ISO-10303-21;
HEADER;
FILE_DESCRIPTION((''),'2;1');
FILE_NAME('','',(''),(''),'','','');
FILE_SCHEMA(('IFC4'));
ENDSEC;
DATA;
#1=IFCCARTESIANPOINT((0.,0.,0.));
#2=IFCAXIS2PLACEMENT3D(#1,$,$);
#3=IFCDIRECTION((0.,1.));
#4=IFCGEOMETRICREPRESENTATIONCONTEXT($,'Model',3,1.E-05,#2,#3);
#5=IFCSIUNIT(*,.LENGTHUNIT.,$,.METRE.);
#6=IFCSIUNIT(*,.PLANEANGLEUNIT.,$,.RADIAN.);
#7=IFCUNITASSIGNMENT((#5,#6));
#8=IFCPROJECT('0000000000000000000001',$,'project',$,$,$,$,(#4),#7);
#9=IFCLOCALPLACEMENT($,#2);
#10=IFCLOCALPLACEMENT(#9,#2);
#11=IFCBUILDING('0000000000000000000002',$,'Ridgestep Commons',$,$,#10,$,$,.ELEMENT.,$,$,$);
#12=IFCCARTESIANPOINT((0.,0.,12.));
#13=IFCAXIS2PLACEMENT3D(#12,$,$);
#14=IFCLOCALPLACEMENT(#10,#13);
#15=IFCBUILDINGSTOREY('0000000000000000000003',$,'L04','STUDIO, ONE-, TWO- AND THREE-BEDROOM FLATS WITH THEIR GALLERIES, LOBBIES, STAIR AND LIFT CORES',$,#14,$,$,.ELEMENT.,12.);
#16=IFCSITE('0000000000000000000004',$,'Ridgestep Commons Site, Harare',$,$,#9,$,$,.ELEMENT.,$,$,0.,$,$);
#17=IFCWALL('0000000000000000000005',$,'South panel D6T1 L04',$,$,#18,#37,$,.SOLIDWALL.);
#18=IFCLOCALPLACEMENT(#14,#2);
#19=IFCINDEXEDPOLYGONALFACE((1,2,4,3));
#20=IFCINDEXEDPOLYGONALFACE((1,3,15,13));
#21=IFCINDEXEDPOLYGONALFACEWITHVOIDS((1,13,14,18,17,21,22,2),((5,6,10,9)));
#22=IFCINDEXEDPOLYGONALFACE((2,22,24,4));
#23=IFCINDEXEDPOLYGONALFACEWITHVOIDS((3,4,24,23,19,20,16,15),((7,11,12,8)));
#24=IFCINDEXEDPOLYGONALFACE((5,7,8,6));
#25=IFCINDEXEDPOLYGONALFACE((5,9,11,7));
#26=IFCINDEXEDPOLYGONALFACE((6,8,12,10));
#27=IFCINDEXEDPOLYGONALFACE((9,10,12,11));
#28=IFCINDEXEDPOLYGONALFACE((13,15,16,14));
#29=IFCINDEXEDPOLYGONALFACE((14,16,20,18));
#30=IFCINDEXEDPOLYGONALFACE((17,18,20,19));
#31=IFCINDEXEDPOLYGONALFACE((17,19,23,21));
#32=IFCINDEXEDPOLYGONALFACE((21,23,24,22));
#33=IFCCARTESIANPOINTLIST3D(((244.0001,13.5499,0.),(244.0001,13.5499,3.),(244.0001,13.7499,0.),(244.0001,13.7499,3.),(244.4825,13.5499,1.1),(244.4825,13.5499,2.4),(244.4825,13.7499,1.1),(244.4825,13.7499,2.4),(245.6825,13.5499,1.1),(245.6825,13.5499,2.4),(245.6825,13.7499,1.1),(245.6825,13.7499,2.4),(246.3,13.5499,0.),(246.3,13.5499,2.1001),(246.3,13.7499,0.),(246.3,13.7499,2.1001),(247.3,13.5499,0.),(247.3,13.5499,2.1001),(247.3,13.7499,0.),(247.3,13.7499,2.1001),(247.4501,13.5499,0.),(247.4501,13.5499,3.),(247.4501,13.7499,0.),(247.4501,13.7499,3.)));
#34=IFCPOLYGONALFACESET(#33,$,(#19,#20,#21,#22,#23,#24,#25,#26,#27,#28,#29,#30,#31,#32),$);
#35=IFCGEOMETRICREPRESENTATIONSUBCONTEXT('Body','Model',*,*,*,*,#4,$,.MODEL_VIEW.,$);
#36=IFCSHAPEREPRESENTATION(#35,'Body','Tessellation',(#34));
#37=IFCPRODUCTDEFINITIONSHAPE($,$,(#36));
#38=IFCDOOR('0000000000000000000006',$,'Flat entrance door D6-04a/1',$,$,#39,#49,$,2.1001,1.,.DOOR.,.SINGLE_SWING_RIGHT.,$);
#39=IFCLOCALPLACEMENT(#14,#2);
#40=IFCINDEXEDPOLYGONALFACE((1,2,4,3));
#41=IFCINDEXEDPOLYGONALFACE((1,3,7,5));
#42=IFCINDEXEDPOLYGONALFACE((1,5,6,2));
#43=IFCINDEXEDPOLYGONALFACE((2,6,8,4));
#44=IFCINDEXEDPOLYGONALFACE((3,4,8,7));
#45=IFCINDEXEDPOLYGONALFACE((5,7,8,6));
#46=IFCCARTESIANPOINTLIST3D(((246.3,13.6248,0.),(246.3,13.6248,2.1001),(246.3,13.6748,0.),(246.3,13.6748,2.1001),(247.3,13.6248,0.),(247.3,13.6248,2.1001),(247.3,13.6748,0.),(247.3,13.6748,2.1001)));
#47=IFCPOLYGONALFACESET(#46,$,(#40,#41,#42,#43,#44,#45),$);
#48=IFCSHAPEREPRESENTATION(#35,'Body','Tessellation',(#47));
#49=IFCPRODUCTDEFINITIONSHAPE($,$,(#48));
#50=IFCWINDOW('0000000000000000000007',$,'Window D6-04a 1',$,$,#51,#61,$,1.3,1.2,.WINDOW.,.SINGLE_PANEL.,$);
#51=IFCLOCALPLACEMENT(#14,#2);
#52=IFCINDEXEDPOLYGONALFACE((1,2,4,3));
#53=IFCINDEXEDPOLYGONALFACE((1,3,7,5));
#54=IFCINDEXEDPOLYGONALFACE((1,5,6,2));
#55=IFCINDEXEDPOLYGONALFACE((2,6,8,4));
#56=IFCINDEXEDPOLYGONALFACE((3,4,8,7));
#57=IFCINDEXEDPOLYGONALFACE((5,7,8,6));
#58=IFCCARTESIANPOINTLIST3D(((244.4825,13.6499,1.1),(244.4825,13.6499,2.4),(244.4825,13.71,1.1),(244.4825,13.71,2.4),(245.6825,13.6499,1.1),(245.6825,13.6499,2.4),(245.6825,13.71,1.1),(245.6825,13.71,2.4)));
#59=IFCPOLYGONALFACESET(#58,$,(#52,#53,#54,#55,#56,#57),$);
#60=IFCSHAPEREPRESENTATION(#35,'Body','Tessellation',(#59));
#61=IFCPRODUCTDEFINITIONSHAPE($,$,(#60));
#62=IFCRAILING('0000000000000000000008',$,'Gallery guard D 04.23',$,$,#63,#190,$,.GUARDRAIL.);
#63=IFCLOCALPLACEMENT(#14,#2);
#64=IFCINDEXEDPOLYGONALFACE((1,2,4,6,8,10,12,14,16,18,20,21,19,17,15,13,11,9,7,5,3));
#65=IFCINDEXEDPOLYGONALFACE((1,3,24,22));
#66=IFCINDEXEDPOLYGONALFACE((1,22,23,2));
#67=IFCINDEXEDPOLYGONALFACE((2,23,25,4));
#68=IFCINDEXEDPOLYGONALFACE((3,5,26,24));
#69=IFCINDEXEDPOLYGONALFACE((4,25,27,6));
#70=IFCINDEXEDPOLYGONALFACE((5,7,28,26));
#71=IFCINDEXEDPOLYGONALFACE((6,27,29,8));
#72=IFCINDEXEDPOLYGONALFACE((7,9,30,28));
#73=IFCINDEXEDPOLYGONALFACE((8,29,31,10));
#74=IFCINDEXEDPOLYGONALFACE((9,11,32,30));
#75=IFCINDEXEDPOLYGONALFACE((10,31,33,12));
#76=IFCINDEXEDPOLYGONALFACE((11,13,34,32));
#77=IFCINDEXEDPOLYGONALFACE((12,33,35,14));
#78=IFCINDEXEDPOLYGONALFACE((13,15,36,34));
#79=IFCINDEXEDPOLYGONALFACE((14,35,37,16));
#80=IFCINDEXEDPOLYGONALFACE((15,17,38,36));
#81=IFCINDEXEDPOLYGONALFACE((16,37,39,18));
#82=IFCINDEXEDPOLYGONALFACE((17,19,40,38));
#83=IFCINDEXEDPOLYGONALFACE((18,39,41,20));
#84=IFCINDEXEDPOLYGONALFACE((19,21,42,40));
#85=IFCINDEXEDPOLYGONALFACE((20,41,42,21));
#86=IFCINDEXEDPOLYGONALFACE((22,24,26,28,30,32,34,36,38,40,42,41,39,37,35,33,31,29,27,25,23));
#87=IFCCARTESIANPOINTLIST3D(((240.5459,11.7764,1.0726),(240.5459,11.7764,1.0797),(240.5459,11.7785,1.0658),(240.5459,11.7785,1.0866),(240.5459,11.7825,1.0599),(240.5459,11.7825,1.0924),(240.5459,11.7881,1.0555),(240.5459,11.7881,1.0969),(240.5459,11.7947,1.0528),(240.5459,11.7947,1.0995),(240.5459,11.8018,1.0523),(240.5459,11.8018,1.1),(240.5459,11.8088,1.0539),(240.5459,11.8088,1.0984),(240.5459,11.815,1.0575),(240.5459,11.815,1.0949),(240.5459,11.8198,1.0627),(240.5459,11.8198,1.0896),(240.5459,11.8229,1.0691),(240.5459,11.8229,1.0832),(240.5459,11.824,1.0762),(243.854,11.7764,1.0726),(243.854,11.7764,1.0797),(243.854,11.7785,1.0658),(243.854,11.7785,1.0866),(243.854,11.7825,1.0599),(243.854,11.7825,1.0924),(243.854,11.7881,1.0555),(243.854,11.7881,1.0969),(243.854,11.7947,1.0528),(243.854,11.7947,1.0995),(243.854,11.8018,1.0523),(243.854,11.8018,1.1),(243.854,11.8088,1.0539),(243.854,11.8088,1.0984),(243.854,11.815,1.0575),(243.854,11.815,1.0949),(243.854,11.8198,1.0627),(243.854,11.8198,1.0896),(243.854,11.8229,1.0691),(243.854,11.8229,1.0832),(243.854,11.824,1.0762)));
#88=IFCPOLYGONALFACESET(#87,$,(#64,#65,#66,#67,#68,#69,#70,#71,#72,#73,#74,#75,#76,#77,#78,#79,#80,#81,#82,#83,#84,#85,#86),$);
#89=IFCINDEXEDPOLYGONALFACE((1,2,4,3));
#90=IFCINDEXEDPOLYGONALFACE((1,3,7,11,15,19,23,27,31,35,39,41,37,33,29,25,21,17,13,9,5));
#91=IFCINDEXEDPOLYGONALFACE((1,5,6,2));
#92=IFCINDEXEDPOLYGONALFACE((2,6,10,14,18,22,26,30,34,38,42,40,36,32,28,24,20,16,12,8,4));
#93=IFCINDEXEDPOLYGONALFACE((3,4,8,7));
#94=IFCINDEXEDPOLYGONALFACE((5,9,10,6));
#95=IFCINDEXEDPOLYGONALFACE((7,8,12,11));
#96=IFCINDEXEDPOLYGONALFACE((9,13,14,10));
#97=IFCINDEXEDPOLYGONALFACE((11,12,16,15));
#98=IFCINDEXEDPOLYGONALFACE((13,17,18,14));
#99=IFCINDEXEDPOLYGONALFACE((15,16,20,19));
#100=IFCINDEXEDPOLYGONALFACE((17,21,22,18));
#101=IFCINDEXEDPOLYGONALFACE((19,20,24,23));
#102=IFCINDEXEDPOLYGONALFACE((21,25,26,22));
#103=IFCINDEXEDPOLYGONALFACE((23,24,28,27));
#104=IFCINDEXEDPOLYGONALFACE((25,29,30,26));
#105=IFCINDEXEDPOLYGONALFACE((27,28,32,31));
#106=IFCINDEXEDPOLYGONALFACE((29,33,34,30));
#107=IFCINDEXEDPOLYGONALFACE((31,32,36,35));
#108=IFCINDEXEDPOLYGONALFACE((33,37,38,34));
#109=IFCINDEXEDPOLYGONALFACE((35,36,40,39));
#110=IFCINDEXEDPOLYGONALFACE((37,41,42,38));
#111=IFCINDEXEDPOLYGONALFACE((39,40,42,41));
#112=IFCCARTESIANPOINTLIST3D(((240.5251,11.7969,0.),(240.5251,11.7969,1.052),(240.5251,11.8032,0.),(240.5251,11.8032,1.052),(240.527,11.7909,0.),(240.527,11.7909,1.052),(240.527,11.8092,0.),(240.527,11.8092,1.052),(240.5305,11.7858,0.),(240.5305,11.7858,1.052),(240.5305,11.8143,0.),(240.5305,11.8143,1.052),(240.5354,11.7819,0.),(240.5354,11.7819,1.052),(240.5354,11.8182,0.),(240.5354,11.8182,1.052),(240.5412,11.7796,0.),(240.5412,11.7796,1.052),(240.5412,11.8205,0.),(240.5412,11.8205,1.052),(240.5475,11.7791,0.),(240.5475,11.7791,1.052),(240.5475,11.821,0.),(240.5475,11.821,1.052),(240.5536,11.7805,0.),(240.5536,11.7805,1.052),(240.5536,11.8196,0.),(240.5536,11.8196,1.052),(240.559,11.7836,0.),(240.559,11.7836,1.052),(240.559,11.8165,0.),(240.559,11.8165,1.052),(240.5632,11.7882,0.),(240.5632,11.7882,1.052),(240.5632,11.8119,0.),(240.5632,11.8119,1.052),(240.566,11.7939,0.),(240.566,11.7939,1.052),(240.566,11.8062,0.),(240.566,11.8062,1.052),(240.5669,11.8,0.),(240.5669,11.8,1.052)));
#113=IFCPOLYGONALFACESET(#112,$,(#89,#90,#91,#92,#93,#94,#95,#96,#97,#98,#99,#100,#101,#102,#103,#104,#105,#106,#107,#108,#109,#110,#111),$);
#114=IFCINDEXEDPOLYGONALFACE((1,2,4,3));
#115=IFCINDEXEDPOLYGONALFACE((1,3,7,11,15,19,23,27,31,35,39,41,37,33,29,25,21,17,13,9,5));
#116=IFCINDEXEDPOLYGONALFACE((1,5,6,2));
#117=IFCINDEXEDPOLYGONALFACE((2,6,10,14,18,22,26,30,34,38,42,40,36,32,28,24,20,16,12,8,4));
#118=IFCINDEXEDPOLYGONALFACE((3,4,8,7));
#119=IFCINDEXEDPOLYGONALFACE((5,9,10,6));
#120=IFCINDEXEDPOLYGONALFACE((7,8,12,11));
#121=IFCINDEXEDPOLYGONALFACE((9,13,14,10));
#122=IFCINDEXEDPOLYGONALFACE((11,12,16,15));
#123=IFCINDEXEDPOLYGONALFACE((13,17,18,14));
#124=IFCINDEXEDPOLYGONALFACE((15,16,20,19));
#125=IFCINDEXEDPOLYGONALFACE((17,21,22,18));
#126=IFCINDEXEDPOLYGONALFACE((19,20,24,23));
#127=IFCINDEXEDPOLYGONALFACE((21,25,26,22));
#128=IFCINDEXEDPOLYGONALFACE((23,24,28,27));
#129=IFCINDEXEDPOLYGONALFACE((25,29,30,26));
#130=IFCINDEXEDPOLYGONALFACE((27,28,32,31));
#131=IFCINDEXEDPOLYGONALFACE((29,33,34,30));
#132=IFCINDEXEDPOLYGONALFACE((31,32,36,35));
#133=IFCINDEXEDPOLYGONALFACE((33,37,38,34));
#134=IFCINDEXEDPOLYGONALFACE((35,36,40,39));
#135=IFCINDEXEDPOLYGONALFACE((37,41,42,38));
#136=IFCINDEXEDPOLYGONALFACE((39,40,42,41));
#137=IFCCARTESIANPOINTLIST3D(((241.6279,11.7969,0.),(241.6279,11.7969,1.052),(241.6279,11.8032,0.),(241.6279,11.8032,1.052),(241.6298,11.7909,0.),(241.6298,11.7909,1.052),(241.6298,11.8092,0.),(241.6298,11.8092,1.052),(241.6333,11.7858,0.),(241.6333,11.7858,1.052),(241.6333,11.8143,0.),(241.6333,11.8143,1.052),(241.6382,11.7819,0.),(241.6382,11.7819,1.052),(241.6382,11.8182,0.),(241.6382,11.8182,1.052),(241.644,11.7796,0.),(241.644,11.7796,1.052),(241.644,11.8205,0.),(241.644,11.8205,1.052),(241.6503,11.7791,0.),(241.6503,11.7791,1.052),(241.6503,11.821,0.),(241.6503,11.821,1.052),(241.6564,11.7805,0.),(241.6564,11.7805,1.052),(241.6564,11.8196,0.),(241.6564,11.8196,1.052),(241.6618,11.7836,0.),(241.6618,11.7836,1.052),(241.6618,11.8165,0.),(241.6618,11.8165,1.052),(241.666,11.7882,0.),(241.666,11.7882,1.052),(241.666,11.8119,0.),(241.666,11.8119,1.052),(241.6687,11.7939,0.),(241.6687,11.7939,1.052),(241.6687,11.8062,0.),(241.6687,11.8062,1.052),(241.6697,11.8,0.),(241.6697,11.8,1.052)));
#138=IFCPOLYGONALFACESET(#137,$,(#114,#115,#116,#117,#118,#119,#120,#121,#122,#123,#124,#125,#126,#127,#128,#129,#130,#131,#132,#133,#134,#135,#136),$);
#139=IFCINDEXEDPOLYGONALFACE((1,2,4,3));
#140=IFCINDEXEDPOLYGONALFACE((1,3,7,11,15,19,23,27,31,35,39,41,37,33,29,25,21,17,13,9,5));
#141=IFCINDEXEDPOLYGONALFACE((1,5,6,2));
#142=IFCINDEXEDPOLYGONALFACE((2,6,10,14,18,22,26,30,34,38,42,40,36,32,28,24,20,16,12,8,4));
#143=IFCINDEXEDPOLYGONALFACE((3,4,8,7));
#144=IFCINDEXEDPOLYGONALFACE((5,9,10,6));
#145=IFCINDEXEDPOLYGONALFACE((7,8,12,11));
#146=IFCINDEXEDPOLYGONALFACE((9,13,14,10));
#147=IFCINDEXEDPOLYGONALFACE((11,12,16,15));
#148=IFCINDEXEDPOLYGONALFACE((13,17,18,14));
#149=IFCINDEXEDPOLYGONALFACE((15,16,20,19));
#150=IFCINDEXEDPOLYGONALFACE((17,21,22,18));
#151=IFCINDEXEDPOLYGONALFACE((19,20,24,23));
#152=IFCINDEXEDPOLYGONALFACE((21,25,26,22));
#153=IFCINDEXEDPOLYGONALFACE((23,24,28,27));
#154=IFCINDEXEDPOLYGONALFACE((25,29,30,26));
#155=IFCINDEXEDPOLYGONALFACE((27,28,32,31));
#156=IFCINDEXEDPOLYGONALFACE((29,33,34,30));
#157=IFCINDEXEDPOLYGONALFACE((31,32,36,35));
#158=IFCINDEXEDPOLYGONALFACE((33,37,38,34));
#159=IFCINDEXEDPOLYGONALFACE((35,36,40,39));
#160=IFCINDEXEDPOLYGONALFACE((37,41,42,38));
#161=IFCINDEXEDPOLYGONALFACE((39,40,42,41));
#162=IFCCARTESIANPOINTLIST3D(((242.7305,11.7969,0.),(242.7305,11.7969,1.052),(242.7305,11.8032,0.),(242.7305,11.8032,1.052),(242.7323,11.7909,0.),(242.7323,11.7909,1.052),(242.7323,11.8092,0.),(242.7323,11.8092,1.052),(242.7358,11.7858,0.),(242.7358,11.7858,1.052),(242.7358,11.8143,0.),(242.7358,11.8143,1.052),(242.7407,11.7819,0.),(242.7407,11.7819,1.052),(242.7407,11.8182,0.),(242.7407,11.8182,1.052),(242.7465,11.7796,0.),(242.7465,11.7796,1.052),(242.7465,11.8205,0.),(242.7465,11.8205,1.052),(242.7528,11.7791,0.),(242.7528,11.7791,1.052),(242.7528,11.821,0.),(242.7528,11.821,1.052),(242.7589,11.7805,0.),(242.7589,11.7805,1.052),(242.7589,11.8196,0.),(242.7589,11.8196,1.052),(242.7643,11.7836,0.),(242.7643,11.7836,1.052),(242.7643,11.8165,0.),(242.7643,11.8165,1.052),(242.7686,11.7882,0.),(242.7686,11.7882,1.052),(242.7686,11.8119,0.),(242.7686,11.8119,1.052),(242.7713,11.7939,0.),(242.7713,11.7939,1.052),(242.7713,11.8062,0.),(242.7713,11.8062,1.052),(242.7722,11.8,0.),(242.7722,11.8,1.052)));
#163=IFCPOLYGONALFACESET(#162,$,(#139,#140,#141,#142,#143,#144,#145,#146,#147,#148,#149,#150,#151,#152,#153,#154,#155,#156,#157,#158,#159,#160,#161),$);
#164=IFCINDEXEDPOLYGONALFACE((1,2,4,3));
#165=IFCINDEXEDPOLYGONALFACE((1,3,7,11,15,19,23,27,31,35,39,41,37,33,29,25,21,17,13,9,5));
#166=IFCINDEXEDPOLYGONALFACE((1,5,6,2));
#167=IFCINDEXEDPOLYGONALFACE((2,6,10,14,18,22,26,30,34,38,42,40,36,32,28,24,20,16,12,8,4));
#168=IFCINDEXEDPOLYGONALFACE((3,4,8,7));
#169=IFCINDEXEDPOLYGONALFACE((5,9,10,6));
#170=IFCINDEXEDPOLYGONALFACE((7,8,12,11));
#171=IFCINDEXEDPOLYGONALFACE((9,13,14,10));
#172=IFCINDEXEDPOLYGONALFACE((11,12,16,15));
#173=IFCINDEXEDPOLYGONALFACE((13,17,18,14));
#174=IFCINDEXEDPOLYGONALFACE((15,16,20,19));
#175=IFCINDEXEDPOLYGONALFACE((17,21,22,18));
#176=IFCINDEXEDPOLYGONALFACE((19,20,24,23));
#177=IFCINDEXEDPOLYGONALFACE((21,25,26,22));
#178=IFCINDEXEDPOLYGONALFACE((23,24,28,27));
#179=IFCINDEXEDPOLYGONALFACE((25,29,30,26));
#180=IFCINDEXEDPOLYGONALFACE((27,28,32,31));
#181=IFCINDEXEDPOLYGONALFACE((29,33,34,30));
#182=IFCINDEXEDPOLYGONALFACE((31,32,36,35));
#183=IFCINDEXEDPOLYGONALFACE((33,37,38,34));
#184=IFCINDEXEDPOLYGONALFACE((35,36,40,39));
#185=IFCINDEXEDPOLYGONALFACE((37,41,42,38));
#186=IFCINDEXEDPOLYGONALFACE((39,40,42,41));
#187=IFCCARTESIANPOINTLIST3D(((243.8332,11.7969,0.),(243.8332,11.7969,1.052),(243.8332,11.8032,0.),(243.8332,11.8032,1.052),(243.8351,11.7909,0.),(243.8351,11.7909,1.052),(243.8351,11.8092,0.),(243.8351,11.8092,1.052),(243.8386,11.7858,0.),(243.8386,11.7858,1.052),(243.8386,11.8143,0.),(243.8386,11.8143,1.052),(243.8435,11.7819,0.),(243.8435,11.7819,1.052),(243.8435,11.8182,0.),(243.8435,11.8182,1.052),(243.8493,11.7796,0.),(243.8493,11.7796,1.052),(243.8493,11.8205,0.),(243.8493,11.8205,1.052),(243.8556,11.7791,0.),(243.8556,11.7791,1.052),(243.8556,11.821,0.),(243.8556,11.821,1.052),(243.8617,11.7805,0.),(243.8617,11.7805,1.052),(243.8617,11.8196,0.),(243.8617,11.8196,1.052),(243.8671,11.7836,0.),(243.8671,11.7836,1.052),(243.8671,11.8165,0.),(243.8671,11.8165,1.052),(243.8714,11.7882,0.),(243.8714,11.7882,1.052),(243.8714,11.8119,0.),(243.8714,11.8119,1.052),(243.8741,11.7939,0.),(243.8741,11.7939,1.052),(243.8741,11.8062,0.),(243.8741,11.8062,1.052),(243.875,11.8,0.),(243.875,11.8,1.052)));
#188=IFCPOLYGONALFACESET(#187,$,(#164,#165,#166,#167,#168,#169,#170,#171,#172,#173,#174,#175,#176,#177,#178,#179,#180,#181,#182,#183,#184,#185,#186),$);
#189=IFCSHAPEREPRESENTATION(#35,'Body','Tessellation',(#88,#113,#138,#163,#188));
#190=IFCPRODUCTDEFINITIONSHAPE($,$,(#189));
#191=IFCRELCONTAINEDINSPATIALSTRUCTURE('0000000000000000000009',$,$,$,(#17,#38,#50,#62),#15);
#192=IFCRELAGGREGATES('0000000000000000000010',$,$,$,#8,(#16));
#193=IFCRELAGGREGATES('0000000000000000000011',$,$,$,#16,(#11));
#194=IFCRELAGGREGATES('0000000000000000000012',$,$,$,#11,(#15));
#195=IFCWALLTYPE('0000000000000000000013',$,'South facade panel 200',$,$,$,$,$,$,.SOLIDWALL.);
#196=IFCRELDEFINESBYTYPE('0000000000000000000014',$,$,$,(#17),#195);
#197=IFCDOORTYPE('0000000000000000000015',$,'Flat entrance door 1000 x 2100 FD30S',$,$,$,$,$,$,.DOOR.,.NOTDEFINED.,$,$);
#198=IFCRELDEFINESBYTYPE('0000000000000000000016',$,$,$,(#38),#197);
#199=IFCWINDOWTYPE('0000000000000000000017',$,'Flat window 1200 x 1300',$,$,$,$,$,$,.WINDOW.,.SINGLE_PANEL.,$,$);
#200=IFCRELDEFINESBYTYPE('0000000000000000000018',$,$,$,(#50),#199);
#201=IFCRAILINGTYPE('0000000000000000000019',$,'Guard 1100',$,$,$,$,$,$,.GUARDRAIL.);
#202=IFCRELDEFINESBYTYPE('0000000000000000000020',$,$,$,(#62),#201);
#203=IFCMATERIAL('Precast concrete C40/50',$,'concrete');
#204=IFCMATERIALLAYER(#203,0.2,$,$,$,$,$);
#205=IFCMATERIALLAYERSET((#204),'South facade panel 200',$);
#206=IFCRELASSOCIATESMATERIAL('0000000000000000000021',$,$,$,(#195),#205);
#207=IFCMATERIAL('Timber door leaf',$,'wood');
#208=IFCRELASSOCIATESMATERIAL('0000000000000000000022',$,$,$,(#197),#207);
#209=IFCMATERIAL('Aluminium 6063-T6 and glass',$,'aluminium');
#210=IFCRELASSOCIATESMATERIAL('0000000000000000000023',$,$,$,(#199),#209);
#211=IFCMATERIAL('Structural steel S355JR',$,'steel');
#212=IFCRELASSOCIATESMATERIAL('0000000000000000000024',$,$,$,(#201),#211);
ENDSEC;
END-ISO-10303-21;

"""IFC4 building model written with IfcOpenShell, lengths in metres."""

from ifc_helpers import new_model, si_unit, direction, frame, frame_2d, origin, origin_2d, place, context, subcontext, project, spatial, rectangle, circle, extrude, material, layer, layer_set, type_object, element, fill, save


model = new_model("IFC4")

# Units and contexts
model_context = context("Model", 3, precision=1e-05, world=origin(), true_north=direction((0.0, 1.0)))
body_context = subcontext(model_context, "Body", "Model", "MODEL_VIEW")
ifc_project = project(units=[si_unit("LENGTHUNIT", "METRE"), si_unit("PLANEANGLEUNIT", "RADIAN")], contexts=[model_context])

# Site, building, storey
site_placement = place(None, origin())
site = spatial("IfcSite", under=ifc_project, at=site_placement, Name="Ridgestep Commons Site, Harare", CompositionType="ELEMENT", RefElevation=0.0)
building_placement = place(site_placement, origin())
building = spatial("IfcBuilding", under=site, at=building_placement, Name="Ridgestep Commons", CompositionType="ELEMENT")
storey_placement = place(building_placement, frame((0.0, 0.0, 12.0)))
storey = spatial("IfcBuildingStorey", under=building, at=storey_placement, Name="L04", Description="STUDIO, ONE-, TWO- AND THREE-BEDROOM FLATS WITH THEIR GALLERIES, LOBBIES, STAIR AND LIFT CORES", CompositionType="ELEMENT", Elevation=12.0)

# Wall, openings, door, window
ifc_material_1 = material(Name="Precast concrete C40/50", Category="concrete")
ifc_layer_1 = layer(ifc_material_1, 0.2)
ifc_layer_set_1 = layer_set([ifc_layer_1], Name="South facade panel 200")
wall_type_1 = type_object("IfcWallType", Name="South facade panel 200", PredefinedType="SOLIDWALL", material=ifc_layer_set_1)
ifc_material_2 = material(Name="Timber door leaf", Category="wood")
door_type_1 = type_object("IfcDoorType", Name="Flat entrance door 1000 x 2100 FD30S", OperationType="NOTDEFINED", PredefinedType="DOOR", material=ifc_material_2)
ifc_material_3 = material(Name="Aluminium 6063-T6 and glass", Category="aluminium")
window_type_1 = type_object("IfcWindowType", Name="Flat window 1200 x 1300", PartitioningType="SINGLE_PANEL", PredefinedType="WINDOW", material=ifc_material_3)
wall_1_placement = place(storey_placement, frame((244.0, 13.6499, 0.0), z_axis=(0.0, 0.0, 1.0), x_axis=(1.0, 0.0, 0.0)))
wall_1 = element("IfcWall", 1, at=wall_1_placement, inside=storey, type_object=wall_type_1, Name="South panel D6T1 L04", PredefinedType="SOLIDWALL", context=body_context, shape_type="SweptSolid", body=[
    extrude(rectangle(XDim=3.45, YDim=0.2, at=frame_2d((1.7251, 0.0))), origin(), (0.0, 0.0, 1.0), 3.0),
])
opening_1_placement = place(wall_1_placement, frame((0.4824, 0.0, 1.1001)))
opening_1 = element("IfcOpeningElement", 2, at=opening_1_placement, cuts=wall_1, PredefinedType="OPENING", context=body_context, shape_type="SweptSolid", body=[
    extrude(rectangle(XDim=1.2, YDim=1.3, at=frame_2d((0.6001, 0.6499))), frame((0.0, 0.1099, 0.0), z_axis=(0.0, -1.0, 0.0), x_axis=(1.0, 0.0, 0.0)), (0.0, 0.0, 1.0), 0.22),
])
opening_2_placement = place(wall_1_placement, frame((2.3, 0.0, 0.0)))
opening_2 = element("IfcOpeningElement", 3, at=opening_2_placement, cuts=wall_1, PredefinedType="OPENING", context=body_context, shape_type="SweptSolid", body=[
    extrude(rectangle(XDim=1.0, YDim=2.1001, at=frame_2d((0.5, 1.05))), frame((0.0, 0.1099, 0.0), z_axis=(0.0, -1.0, 0.0), x_axis=(1.0, 0.0, 0.0)), (0.0, 0.0, 1.0), 0.22),
])
door_1_placement = place(opening_2_placement, origin())
door_1 = element("IfcDoor", 4, at=door_1_placement, inside=storey, type_object=door_type_1, Name="Flat entrance door D6-04a/1", OperationType="SINGLE_SWING_RIGHT", OverallHeight=2.1001, OverallWidth=1.0, PredefinedType="DOOR", context=body_context, shape_type="SweptSolid", body=[
    extrude(rectangle(XDim=1.0, YDim=2.1001, at=frame_2d((0.5, 1.05))), frame((0.0, 0.0249, 0.0), z_axis=(0.0, -1.0, 0.0), x_axis=(1.0, 0.0, 0.0)), (0.0, 0.0, 1.0), 0.05),
])
fill(opening_2, door_1)
window_1_placement = place(opening_1_placement, origin())
window_1 = element("IfcWindow", 5, at=window_1_placement, inside=storey, type_object=window_type_1, Name="Window D6-04a 1", OverallHeight=1.3, OverallWidth=1.2, PartitioningType="SINGLE_PANEL", PredefinedType="WINDOW", context=body_context, shape_type="SweptSolid", body=[
    extrude(rectangle(XDim=1.2, YDim=1.3, at=frame_2d((0.6001, 0.6499))), frame((0.0, 0.0601, 0.0), z_axis=(0.0, -1.0, 0.0), x_axis=(1.0, 0.0, 0.0)), (0.0, 0.0, 1.0), 0.0601),
])
fill(opening_1, window_1)

# Railing
ifc_material_4 = material(Name="Structural steel S355JR", Category="steel")
railing_type = type_object("IfcRailingType", Name="Guard 1100", PredefinedType="GUARDRAIL", material=ifc_material_4)
railing_1_placement = place(storey_placement, frame((240.5459, 11.8, 0.0)))
element("IfcRailing", 6, at=railing_1_placement, inside=storey, type_object=railing_type, Name="Gallery guard D 04.23", PredefinedType="GUARDRAIL", context=body_context, shape_type="SweptSolid", body=[
    extrude(circle(Radius=0.0239, at=origin_2d()), frame((0.0, 0.0, 1.0762), z_axis=(1.0, 0.0, 0.0), x_axis=(0.0, 1.0, 0.0)), (0.0, 0.0, 1.0), 3.3081),
    extrude(circle(Radius=0.021, at=origin_2d()), origin(), (0.0, 0.0, 1.0), 1.052),
    extrude(circle(Radius=0.021, at=origin_2d()), frame((1.1028, 0.0, 0.0)), (0.0, 0.0, 1.0), 1.052),
    extrude(circle(Radius=0.021, at=origin_2d()), frame((2.2053, 0.0, 0.0)), (0.0, 0.0, 1.0), 1.052),
    extrude(circle(Radius=0.021, at=origin_2d()), frame((3.3081, 0.0, 0.0)), (0.0, 0.0, 1.0), 1.052),
])

save(model, "model.ifc")
